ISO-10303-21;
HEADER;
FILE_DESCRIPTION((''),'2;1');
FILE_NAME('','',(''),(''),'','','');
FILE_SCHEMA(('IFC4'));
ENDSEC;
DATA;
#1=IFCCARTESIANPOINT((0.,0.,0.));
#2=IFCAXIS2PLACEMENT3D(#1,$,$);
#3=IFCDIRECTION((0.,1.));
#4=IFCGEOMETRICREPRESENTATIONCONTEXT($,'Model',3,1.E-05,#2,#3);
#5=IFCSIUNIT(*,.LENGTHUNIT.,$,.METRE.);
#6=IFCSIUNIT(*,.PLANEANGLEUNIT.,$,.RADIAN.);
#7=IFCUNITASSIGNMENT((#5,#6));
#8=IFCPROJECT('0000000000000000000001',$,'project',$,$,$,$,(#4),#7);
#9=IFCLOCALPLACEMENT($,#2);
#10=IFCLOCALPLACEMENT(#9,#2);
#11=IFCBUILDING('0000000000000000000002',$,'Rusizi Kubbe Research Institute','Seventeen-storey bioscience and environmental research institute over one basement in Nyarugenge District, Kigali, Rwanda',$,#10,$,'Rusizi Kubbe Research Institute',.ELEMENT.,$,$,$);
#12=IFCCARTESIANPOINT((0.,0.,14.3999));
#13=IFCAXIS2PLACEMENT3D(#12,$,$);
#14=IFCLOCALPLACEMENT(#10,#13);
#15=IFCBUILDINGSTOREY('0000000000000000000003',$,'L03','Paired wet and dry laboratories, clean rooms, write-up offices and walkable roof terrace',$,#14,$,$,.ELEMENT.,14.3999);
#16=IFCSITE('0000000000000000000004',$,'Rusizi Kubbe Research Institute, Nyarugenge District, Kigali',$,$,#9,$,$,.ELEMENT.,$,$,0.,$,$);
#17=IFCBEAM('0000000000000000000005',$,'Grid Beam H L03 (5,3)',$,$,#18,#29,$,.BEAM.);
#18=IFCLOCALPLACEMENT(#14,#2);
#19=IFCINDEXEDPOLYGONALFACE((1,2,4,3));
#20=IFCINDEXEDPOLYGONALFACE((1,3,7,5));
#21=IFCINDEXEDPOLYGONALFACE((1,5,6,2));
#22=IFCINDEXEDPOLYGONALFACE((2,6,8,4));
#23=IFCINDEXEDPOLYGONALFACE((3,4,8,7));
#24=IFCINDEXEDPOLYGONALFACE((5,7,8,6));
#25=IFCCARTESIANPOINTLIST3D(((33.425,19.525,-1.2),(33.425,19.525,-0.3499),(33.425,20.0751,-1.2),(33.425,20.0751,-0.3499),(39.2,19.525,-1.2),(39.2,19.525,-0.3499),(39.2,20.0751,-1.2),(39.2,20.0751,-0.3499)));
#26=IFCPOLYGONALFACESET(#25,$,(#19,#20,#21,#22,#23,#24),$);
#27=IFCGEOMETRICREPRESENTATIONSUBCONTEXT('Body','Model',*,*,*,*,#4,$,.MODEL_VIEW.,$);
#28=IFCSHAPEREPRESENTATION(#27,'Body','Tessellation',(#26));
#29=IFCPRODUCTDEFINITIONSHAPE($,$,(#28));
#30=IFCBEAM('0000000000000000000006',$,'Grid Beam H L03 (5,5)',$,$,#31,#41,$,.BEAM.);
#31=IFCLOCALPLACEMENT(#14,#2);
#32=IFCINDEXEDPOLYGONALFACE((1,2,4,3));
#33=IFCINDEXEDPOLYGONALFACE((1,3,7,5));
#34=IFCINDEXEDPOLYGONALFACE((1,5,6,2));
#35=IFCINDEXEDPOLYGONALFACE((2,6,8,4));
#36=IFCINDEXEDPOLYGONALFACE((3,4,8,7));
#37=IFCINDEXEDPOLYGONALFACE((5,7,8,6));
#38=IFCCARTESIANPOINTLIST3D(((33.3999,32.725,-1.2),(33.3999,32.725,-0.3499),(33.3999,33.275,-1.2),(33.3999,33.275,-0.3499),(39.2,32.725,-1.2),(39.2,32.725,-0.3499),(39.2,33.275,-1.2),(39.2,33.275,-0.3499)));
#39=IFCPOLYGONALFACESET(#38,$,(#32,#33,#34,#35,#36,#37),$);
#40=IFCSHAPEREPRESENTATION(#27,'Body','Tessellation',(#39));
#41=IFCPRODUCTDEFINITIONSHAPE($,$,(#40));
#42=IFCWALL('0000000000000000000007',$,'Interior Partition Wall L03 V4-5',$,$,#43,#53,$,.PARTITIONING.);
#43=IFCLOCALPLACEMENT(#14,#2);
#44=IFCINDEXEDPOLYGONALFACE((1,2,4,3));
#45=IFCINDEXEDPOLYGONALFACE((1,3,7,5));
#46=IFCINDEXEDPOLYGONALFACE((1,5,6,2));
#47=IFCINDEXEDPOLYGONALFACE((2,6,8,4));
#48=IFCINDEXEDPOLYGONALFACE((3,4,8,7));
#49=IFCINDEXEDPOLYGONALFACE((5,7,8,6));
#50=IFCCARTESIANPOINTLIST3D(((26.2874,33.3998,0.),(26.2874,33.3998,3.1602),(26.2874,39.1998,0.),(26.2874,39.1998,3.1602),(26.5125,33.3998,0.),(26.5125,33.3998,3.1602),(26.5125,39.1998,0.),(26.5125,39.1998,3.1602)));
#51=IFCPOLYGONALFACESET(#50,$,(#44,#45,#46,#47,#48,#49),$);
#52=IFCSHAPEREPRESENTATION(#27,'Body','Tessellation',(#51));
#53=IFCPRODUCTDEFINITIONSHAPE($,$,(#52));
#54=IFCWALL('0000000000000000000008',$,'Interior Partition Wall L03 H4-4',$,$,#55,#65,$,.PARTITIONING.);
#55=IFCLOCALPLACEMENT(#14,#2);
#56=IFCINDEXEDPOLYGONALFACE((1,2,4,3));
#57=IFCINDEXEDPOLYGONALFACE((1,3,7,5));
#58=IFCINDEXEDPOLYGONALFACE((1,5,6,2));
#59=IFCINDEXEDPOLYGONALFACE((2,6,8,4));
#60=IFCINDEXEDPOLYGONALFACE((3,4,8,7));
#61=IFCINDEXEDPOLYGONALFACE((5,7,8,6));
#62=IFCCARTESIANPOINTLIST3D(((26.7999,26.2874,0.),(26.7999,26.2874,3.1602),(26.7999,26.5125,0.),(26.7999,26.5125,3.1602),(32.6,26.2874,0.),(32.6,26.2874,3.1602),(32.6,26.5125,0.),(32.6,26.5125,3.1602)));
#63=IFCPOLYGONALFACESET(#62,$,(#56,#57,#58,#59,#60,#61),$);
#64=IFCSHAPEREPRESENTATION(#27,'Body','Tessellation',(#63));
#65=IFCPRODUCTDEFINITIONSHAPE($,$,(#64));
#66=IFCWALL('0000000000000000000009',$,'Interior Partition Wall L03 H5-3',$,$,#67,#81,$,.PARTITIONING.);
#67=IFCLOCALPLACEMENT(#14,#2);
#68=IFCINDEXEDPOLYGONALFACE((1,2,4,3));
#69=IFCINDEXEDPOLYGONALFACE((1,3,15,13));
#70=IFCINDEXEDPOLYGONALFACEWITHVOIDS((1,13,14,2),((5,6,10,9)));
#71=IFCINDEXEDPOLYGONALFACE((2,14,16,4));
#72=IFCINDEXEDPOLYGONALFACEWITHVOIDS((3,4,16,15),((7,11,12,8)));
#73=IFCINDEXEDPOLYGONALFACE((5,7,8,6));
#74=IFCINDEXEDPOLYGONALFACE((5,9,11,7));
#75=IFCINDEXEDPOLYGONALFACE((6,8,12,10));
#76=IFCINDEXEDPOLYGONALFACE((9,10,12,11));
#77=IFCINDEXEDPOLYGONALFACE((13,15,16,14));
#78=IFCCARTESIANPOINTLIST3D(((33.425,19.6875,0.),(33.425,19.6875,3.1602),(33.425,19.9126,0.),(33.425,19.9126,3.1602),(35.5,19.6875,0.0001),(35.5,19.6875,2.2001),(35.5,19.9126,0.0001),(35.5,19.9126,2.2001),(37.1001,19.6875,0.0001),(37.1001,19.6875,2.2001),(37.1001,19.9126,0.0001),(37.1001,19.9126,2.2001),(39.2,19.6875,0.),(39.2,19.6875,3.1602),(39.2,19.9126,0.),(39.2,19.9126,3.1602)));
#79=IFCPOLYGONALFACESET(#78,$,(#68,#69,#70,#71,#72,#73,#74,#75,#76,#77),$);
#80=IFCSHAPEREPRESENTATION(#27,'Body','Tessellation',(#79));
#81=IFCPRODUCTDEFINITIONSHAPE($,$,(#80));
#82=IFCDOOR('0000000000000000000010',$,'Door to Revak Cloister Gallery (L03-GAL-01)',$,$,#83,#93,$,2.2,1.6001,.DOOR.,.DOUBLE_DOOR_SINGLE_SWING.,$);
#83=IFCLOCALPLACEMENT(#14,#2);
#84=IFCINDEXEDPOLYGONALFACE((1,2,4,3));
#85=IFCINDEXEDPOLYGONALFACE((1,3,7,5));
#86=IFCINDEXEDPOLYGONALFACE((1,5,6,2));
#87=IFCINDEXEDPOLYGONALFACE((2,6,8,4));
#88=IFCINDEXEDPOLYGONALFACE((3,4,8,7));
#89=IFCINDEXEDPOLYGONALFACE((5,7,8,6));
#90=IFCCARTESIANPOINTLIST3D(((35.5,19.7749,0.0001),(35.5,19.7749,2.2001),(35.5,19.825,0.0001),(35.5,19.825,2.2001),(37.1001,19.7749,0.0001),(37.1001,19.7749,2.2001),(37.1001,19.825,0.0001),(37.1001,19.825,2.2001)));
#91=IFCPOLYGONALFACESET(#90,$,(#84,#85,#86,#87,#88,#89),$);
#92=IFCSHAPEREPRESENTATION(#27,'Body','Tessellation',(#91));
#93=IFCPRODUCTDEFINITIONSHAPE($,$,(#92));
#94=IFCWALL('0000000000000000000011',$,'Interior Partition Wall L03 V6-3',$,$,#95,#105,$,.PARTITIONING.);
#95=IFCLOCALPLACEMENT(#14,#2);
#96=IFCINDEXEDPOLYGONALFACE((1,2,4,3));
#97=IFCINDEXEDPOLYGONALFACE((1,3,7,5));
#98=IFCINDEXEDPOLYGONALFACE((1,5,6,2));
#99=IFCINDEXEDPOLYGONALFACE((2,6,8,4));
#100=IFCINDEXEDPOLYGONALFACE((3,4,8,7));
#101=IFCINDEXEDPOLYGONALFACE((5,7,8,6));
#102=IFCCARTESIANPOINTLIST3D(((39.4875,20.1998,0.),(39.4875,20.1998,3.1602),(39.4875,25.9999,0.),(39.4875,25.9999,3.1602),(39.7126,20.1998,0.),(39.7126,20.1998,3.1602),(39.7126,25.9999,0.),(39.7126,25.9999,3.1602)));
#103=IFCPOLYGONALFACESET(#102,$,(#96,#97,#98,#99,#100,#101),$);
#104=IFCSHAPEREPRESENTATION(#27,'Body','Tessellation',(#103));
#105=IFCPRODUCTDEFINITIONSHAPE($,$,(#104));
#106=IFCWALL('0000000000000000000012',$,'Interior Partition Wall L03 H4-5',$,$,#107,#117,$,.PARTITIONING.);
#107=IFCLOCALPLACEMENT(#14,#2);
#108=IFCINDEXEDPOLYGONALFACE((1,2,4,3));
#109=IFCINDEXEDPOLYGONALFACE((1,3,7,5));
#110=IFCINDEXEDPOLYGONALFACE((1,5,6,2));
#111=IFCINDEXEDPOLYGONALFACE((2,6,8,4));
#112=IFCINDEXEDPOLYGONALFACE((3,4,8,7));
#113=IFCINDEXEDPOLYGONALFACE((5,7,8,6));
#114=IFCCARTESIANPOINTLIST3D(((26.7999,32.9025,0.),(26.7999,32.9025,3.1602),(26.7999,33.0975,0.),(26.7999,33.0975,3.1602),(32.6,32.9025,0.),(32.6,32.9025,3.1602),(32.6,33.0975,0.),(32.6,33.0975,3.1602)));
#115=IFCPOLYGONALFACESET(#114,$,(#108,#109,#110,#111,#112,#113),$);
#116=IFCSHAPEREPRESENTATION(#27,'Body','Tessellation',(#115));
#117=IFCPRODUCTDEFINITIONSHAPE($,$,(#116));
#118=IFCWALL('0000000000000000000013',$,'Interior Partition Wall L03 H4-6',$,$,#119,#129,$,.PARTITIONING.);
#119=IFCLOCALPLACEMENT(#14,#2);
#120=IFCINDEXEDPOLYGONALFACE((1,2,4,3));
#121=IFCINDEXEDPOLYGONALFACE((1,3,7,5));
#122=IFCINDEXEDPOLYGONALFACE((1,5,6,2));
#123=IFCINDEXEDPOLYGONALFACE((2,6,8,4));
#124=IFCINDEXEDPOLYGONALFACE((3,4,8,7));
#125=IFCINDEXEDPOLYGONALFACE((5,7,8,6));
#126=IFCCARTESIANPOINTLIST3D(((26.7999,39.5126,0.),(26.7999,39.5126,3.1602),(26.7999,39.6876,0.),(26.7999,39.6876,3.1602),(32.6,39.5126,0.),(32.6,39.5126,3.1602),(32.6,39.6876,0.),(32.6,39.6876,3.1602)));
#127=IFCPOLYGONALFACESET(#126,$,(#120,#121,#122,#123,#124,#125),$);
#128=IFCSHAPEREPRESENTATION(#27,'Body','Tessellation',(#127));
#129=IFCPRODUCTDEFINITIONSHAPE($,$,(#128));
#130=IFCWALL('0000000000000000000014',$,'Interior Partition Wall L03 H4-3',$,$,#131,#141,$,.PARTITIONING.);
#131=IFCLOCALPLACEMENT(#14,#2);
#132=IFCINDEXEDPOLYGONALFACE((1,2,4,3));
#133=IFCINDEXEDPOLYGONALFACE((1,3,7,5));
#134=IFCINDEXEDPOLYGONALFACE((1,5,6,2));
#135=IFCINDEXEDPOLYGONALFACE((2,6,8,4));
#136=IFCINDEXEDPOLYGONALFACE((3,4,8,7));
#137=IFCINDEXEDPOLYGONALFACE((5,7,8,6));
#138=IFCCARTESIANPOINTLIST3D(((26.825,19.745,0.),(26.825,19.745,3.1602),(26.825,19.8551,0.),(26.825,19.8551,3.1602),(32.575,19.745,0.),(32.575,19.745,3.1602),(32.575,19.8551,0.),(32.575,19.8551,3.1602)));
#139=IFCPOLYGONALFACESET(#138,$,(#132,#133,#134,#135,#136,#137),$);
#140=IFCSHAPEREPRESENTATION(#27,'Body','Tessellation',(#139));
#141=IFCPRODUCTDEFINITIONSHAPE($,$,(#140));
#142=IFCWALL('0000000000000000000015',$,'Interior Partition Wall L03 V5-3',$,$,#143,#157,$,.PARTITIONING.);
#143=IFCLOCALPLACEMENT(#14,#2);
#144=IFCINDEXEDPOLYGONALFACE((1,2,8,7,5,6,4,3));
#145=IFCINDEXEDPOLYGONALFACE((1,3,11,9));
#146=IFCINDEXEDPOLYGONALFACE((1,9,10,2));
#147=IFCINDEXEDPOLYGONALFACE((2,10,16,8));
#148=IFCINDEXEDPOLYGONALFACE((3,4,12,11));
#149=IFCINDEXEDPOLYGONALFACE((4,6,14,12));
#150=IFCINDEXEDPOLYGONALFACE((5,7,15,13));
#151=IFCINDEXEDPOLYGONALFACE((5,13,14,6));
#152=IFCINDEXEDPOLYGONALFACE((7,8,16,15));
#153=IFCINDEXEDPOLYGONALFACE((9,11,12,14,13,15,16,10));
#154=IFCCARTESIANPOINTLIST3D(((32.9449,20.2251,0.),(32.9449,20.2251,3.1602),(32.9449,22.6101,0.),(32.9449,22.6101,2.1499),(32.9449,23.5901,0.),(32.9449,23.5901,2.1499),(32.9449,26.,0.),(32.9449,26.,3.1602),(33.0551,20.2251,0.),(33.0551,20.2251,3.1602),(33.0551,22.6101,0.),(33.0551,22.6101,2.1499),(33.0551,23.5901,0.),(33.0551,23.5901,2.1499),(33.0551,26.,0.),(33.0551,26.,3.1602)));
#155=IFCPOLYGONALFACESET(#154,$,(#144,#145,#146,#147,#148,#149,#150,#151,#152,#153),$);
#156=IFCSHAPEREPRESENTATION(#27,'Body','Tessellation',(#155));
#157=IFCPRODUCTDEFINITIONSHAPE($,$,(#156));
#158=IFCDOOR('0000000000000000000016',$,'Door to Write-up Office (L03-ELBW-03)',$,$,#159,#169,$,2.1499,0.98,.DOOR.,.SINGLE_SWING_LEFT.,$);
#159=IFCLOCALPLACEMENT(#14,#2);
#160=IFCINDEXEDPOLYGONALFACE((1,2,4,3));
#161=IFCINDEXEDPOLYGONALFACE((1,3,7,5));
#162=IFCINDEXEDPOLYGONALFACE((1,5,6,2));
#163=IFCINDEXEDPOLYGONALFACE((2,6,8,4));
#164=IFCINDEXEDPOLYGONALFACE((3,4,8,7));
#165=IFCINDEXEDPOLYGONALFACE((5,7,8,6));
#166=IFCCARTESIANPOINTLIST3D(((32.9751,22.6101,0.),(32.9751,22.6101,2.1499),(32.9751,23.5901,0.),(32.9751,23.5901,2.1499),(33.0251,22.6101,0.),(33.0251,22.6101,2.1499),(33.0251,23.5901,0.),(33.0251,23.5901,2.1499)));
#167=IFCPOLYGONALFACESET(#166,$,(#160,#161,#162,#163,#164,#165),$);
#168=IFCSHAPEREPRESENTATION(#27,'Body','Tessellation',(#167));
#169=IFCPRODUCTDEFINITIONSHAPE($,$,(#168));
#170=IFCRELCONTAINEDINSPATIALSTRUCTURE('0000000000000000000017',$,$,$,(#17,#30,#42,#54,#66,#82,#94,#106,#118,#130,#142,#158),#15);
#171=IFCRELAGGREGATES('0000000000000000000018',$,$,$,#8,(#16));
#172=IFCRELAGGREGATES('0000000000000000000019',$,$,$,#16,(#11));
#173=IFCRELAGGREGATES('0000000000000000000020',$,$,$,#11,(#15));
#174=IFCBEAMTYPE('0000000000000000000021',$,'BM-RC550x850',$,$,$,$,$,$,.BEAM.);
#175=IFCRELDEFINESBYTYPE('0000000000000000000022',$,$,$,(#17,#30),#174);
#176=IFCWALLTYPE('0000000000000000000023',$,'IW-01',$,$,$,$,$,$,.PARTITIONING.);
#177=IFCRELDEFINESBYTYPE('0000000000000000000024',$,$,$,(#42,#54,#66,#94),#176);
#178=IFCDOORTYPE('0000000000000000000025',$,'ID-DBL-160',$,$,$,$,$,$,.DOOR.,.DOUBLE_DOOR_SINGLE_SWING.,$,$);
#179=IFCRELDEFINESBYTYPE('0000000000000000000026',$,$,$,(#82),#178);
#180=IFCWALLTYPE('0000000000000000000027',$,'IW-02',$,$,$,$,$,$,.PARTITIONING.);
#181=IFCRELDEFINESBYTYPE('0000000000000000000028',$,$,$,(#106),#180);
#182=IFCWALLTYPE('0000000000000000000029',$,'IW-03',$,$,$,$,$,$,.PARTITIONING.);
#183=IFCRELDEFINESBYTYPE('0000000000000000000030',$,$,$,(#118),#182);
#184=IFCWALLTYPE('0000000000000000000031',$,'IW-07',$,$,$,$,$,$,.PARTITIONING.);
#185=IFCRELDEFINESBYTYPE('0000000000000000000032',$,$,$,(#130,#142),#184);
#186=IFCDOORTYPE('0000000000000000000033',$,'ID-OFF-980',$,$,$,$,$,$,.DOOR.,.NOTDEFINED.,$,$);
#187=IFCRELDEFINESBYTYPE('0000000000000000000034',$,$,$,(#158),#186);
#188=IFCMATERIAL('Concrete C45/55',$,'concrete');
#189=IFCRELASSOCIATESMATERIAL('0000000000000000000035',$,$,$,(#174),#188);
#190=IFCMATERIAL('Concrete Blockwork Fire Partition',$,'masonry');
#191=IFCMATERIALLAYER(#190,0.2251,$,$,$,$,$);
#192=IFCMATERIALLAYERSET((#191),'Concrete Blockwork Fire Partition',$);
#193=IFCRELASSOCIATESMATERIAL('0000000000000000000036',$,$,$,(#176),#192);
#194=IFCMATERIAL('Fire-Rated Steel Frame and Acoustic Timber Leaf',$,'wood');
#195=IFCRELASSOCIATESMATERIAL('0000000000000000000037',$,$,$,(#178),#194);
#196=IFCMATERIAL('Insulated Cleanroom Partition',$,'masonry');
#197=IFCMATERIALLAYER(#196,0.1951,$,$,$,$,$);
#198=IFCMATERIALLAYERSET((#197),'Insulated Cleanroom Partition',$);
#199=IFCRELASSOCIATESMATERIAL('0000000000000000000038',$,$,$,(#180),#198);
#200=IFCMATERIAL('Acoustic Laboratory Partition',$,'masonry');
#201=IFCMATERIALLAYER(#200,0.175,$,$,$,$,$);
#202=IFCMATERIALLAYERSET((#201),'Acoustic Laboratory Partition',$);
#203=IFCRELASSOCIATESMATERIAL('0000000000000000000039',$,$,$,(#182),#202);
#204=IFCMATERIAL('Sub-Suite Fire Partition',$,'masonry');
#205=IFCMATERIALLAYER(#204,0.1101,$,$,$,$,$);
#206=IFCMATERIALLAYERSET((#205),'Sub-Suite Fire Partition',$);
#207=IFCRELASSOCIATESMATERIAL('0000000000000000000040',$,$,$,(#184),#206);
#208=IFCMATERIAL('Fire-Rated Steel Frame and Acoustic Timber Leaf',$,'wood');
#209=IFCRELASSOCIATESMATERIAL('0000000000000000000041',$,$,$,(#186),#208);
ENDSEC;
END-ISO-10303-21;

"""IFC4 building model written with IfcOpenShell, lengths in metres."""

from ifc_helpers import new_model, si_unit, direction, frame, frame_2d, origin, origin_2d, place, context, subcontext, project, spatial, rectangle, extrude, material, layer, layer_set, material_profile, profile_set, type_object, element, fill, save


model = new_model("IFC4")

# Units and contexts
model_context = context("Model", 3, precision=1e-05, world=origin(), true_north=direction((0.0, 1.0)))
body_context = subcontext(model_context, "Body", "Model", "MODEL_VIEW")
ifc_project = project(units=[si_unit("LENGTHUNIT", "METRE"), si_unit("PLANEANGLEUNIT", "RADIAN")], contexts=[model_context])

# Site, building, storey
site_placement = place(None, origin())
site = spatial("IfcSite", under=ifc_project, at=site_placement, Name="Rusizi Kubbe Research Institute, Nyarugenge District, Kigali", CompositionType="ELEMENT", RefElevation=0.0)
building_placement = place(site_placement, origin())
building = spatial("IfcBuilding", under=site, at=building_placement, Name="Rusizi Kubbe Research Institute", Description="Seventeen-storey bioscience and environmental research institute over one basement in Nyarugenge District, Kigali, Rwanda", LongName="Rusizi Kubbe Research Institute", CompositionType="ELEMENT")
storey_placement = place(building_placement, frame((0.0, 0.0, 14.3999)))
storey = spatial("IfcBuildingStorey", under=building, at=storey_placement, Name="L03", Description="Paired wet and dry laboratories, clean rooms, write-up offices and walkable roof terrace", CompositionType="ELEMENT", Elevation=14.3999)

# Beams
ifc_material_1 = material(Name="Concrete C45/55", Category="concrete")
ifc_material_profile_1 = material_profile(ifc_material_1, rectangle(XDim=0.55, YDim=0.8501, at=origin_2d()), Name="RC550x850")
ifc_profile_set_1 = profile_set([ifc_material_profile_1], Name="Concrete C45/55")
beam_type_1 = type_object("IfcBeamType", Name="BM-RC550x850", PredefinedType="BEAM", material=ifc_profile_set_1)
beam_1_placement = place(storey_placement, frame((33.425, 19.8, -0.7749), z_axis=(1.0, 0.0, 0.0), x_axis=(0.0, 1.0, 0.0)))
element("IfcBeam", 1, at=beam_1_placement, inside=storey, type_object=beam_type_1, Name="Grid Beam H L03 (5,3)", PredefinedType="BEAM", context=body_context, shape_type="SweptSolid", body=[
    extrude(rectangle(XDim=0.55, YDim=0.8501, at=origin_2d()), origin(), (0.0, 0.0, 1.0), 5.7749),
])
beam_2_placement = place(storey_placement, frame((33.3999, 33.0, -0.7749), z_axis=(1.0, 0.0, 0.0), x_axis=(0.0, 1.0, 0.0)))
element("IfcBeam", 2, at=beam_2_placement, inside=storey, type_object=beam_type_1, Name="Grid Beam H L03 (5,5)", PredefinedType="BEAM", context=body_context, shape_type="SweptSolid", body=[
    extrude(rectangle(XDim=0.55, YDim=0.8501, at=origin_2d()), origin(), (0.0, 0.0, 1.0), 5.8),
])

# Walls
ifc_material_2 = material(Name="Concrete Blockwork Fire Partition", Category="masonry")
ifc_layer_1 = layer(ifc_material_2, 0.2251)
ifc_layer_set_1 = layer_set([ifc_layer_1], Name="Concrete Blockwork Fire Partition")
wall_type_1 = type_object("IfcWallType", Name="IW-01", PredefinedType="PARTITIONING", material=ifc_layer_set_1)
for number, where, z_axis, x_axis, name in (
    (3, (26.3999, 33.3999, 0.0), (0.0, 0.0, 1.0), (0.0, 1.0, 0.0), "Interior Partition Wall L03 V4-5"),
    (4, (26.8, 26.3999, 0.0), (0.0, 0.0, 1.0), (1.0, 0.0, 0.0), "Interior Partition Wall L03 H4-4"),
):
    element("IfcWall", number, at=place(storey_placement, frame(where, z_axis=z_axis, x_axis=x_axis)), inside=storey, type_object=wall_type_1, Name=name, PredefinedType="PARTITIONING", context=body_context, shape_type="SweptSolid", body=[
        extrude(rectangle(XDim=5.8, YDim=0.2251, at=frame_2d((2.8999, 0.0))), origin(), (0.0, 0.0, 1.0), 3.1602),
    ])

# Wall, opening, door
wall_1_placement = place(storey_placement, frame((33.425, 19.8, 0.0), z_axis=(0.0, 0.0, 1.0), x_axis=(1.0, 0.0, 0.0)))
wall_1 = element("IfcWall", 5, at=wall_1_placement, inside=storey, type_object=wall_type_1, Name="Interior Partition Wall L03 H5-3", PredefinedType="PARTITIONING", context=body_context, shape_type="SweptSolid", body=[
    extrude(rectangle(XDim=5.7749, YDim=0.2251, at=frame_2d((2.8875, 0.0))), origin(), (0.0, 0.0, 1.0), 3.1602),
])
opening_1_placement = place(wall_1_placement, frame((2.075, 0.0, 0.0)))
opening_1 = element("IfcOpeningElement", 6, at=opening_1_placement, cuts=wall_1, PredefinedType="OPENING", context=body_context, shape_type="SweptSolid", body=[
    extrude(rectangle(XDim=1.6001, YDim=2.2, at=frame_2d((0.8, 1.1001))), frame((0.0, 0.1226, 0.0), z_axis=(0.0, -1.0, 0.0), x_axis=(1.0, 0.0, 0.0)), (0.0, 0.0, 1.0), 0.2451),
])
ifc_material_3 = material(Name="Fire-Rated Steel Frame and Acoustic Timber Leaf", Category="wood")
door_type_1 = type_object("IfcDoorType", Name="ID-DBL-160", OperationType="DOUBLE_DOOR_SINGLE_SWING", PredefinedType="DOOR", material=ifc_material_3)
door_1_placement = place(opening_1_placement, origin())
door_1 = element("IfcDoor", 7, at=door_1_placement, inside=storey, type_object=door_type_1, Name="Door to Revak Cloister Gallery (L03-GAL-01)", OperationType="DOUBLE_DOOR_SINGLE_SWING", OverallHeight=2.2, OverallWidth=1.6001, PredefinedType="DOOR", context=body_context, shape_type="SweptSolid", body=[
    extrude(rectangle(XDim=1.6001, YDim=2.2, at=frame_2d((0.8, 1.1001))), frame((0.0, 0.0249, 0.0), z_axis=(0.0, -1.0, 0.0), x_axis=(1.0, 0.0, 0.0)), (0.0, 0.0, 1.0), 0.05),
])
fill(opening_1, door_1)

# Walls
wall_2_placement = place(storey_placement, frame((39.6001, 20.2, 0.0), z_axis=(0.0, 0.0, 1.0), x_axis=(0.0, 1.0, 0.0)))
element("IfcWall", 8, at=wall_2_placement, inside=storey, type_object=wall_type_1, Name="Interior Partition Wall L03 V6-3", PredefinedType="PARTITIONING", context=body_context, shape_type="SweptSolid", body=[
    extrude(rectangle(XDim=5.8, YDim=0.2251, at=frame_2d((2.8999, 0.0))), origin(), (0.0, 0.0, 1.0), 3.1602),
])
ifc_material_4 = material(Name="Insulated Cleanroom Partition", Category="masonry")
ifc_layer_2 = layer(ifc_material_4, 0.1951)
ifc_layer_set_2 = layer_set([ifc_layer_2], Name="Insulated Cleanroom Partition")
wall_type_2 = type_object("IfcWallType", Name="IW-02", PredefinedType="PARTITIONING", material=ifc_layer_set_2)
wall_3_placement = place(storey_placement, frame((26.8, 33.0, 0.0), z_axis=(0.0, 0.0, 1.0), x_axis=(1.0, 0.0, 0.0)))
element("IfcWall", 9, at=wall_3_placement, inside=storey, type_object=wall_type_2, Name="Interior Partition Wall L03 H4-5", PredefinedType="PARTITIONING", context=body_context, shape_type="SweptSolid", body=[
    extrude(rectangle(XDim=5.8, YDim=0.1951, at=frame_2d((2.8999, 0.0))), origin(), (0.0, 0.0, 1.0), 3.1602),
])

# Walls
ifc_material_5 = material(Name="Acoustic Laboratory Partition", Category="masonry")
ifc_layer_3 = layer(ifc_material_5, 0.175)
ifc_layer_set_3 = layer_set([ifc_layer_3], Name="Acoustic Laboratory Partition")
wall_type_3 = type_object("IfcWallType", Name="IW-03", PredefinedType="PARTITIONING", material=ifc_layer_set_3)
wall_4_placement = place(storey_placement, frame((26.8, 39.6001, 0.0), z_axis=(0.0, 0.0, 1.0), x_axis=(1.0, 0.0, 0.0)))
element("IfcWall", 10, at=wall_4_placement, inside=storey, type_object=wall_type_3, Name="Interior Partition Wall L03 H4-6", PredefinedType="PARTITIONING", context=body_context, shape_type="SweptSolid", body=[
    extrude(rectangle(XDim=5.8, YDim=0.175, at=frame_2d((2.8999, 0.0))), origin(), (0.0, 0.0, 1.0), 3.1602),
])
ifc_material_6 = material(Name="Sub-Suite Fire Partition", Category="masonry")
ifc_layer_4 = layer(ifc_material_6, 0.1101)
ifc_layer_set_4 = layer_set([ifc_layer_4], Name="Sub-Suite Fire Partition")
wall_type_4 = type_object("IfcWallType", Name="IW-07", PredefinedType="PARTITIONING", material=ifc_layer_set_4)
wall_5_placement = place(storey_placement, frame((26.825, 19.8, 0.0), z_axis=(0.0, 0.0, 1.0), x_axis=(1.0, 0.0, 0.0)))
element("IfcWall", 11, at=wall_5_placement, inside=storey, type_object=wall_type_4, Name="Interior Partition Wall L03 H4-3", PredefinedType="PARTITIONING", context=body_context, shape_type="SweptSolid", body=[
    extrude(rectangle(XDim=5.75, YDim=0.1101, at=frame_2d((2.875, 0.0))), origin(), (0.0, 0.0, 1.0), 3.1602),
])

# Wall, opening, door
wall_6_placement = place(storey_placement, frame((33.0, 20.2251, 0.0), z_axis=(0.0, 0.0, 1.0), x_axis=(0.0, 1.0, 0.0)))
wall_6 = element("IfcWall", 12, at=wall_6_placement, inside=storey, type_object=wall_type_4, Name="Interior Partition Wall L03 V5-3", PredefinedType="PARTITIONING", context=body_context, shape_type="SweptSolid", body=[
    extrude(rectangle(XDim=5.7749, YDim=0.1101, at=frame_2d((2.8875, 0.0))), origin(), (0.0, 0.0, 1.0), 3.1602),
])
opening_2_placement = place(wall_6_placement, frame((2.385, 0.0, 0.0)))
opening_2 = element("IfcOpeningElement", 13, at=opening_2_placement, cuts=wall_6, PredefinedType="OPENING", context=body_context, shape_type="SweptSolid", body=[
    extrude(rectangle(XDim=0.98, YDim=2.1499, at=frame_2d((0.49, 1.075))), frame((0.0, 0.0649, 0.0), z_axis=(0.0, -1.0, 0.0), x_axis=(1.0, 0.0, 0.0)), (0.0, 0.0, 1.0), 0.1301),
])
ifc_material_7 = material(Name="Fire-Rated Steel Frame and Acoustic Timber Leaf", Category="wood")
door_type_2 = type_object("IfcDoorType", Name="ID-OFF-980", OperationType="NOTDEFINED", PredefinedType="DOOR", material=ifc_material_7)
door_2_placement = place(opening_2_placement, origin())
door_2 = element("IfcDoor", 14, at=door_2_placement, inside=storey, type_object=door_type_2, Name="Door to Write-up Office (L03-ELBW-03)", OperationType="SINGLE_SWING_LEFT", OverallHeight=2.1499, OverallWidth=0.98, PredefinedType="DOOR", context=body_context, shape_type="SweptSolid", body=[
    extrude(rectangle(XDim=0.98, YDim=2.1499, at=frame_2d((0.49, 1.075))), frame((0.0, 0.0249, 0.0), z_axis=(0.0, -1.0, 0.0), x_axis=(1.0, 0.0, 0.0)), (0.0, 0.0, 1.0), 0.05),
])
fill(opening_2, door_2)

save(model, "model.ifc")
